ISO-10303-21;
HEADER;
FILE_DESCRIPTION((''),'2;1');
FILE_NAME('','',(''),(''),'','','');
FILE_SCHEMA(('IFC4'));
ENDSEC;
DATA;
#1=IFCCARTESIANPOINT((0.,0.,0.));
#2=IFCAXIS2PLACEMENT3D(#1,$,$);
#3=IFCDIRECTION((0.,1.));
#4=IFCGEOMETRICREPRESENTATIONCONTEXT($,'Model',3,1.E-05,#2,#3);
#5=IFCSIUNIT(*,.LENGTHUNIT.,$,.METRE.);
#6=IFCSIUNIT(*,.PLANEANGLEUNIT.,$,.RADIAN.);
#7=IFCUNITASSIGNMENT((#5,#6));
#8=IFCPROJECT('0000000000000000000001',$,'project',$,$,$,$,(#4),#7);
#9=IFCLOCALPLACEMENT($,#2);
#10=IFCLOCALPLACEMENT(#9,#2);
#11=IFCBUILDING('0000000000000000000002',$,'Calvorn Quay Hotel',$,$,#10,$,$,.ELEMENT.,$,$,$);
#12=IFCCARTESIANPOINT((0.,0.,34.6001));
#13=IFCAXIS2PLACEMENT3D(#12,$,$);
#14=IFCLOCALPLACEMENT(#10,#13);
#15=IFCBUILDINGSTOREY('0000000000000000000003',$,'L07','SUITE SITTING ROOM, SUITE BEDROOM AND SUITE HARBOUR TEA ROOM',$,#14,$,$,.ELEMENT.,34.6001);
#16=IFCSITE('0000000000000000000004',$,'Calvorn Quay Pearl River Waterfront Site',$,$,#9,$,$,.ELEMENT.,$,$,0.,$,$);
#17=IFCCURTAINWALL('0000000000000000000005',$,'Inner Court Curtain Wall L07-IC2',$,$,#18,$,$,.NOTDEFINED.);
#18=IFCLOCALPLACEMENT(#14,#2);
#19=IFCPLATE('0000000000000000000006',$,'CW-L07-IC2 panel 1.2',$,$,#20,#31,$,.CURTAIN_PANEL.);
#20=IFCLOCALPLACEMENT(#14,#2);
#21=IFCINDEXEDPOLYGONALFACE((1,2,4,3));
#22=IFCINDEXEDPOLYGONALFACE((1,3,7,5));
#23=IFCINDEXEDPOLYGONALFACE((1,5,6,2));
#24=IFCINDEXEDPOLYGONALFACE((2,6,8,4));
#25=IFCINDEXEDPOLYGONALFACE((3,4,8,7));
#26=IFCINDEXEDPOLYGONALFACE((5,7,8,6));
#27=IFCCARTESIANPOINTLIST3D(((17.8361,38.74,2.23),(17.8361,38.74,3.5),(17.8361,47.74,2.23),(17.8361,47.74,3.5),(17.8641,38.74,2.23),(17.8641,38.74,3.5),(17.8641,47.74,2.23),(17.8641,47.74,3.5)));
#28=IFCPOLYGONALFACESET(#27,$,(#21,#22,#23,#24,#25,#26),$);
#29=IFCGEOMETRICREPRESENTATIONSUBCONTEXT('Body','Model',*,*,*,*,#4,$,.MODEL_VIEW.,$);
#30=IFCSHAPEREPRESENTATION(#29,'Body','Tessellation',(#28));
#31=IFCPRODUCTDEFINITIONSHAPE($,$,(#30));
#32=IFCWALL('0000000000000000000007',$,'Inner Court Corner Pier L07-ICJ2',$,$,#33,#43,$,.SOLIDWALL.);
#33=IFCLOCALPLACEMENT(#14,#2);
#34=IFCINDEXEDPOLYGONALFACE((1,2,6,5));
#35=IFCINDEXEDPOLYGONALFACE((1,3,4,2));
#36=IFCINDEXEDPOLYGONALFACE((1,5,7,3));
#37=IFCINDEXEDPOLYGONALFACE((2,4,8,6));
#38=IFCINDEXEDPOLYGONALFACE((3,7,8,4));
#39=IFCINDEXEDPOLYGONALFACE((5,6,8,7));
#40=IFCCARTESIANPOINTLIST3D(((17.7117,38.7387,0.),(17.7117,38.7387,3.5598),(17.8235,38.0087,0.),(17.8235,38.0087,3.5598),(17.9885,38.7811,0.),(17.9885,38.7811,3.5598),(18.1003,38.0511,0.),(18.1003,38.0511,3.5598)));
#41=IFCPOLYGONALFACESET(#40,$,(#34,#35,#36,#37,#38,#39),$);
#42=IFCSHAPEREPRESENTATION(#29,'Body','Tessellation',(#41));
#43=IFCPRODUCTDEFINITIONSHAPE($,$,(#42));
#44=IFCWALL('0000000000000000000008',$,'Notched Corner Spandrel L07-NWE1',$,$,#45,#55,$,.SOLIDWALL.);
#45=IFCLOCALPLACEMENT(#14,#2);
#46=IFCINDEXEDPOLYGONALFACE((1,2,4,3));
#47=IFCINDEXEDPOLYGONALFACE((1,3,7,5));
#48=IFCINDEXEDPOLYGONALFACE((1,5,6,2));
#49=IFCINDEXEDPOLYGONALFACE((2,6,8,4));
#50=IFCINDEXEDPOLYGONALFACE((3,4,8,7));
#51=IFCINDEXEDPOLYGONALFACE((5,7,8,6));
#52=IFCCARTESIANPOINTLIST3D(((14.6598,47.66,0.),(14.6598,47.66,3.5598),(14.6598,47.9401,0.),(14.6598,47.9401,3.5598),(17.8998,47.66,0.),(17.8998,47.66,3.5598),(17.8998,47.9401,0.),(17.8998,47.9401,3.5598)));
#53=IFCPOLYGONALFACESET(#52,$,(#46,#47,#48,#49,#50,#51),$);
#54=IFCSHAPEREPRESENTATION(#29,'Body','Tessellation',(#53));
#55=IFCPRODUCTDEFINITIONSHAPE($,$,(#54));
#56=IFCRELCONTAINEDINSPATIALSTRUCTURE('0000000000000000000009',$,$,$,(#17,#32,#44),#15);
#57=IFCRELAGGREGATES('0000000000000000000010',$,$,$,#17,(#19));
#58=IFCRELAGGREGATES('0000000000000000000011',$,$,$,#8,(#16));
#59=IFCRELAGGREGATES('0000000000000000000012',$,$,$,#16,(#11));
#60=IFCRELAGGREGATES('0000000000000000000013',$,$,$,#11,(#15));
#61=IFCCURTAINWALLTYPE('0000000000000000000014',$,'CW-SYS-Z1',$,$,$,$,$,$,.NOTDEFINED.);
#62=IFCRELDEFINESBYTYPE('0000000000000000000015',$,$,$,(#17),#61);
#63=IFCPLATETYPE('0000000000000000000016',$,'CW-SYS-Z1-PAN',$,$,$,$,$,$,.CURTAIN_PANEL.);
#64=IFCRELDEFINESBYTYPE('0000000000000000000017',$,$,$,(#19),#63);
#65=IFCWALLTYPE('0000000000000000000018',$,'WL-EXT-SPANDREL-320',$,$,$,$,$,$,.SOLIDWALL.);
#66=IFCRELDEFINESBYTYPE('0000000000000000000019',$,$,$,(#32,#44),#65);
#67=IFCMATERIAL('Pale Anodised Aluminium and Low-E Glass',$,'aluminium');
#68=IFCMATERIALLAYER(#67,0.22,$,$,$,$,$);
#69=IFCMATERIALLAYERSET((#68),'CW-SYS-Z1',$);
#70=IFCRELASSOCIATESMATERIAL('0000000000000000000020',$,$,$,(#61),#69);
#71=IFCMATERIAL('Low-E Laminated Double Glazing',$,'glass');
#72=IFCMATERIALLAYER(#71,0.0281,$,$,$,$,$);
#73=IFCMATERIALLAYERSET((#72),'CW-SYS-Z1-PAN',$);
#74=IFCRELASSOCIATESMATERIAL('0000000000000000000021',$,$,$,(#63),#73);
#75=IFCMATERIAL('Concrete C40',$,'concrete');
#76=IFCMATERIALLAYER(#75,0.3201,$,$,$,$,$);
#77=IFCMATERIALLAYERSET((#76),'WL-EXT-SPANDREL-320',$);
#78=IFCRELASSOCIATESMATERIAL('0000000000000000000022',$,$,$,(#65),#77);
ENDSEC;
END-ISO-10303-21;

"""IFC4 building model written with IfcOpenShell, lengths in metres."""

from ifc_helpers import new_model, si_unit, direction, frame, frame_2d, origin, origin_2d, place, context, subcontext, project, spatial, rectangle, extrude, material, layer, layer_set, type_object, element, aggregate, save


model = new_model("IFC4")

# Units and contexts
model_context = context("Model", 3, precision=1e-05, world=origin(), true_north=direction((0.0, 1.0)))
body_context = subcontext(model_context, "Body", "Model", "MODEL_VIEW")
ifc_project = project(units=[si_unit("LENGTHUNIT", "METRE"), si_unit("PLANEANGLEUNIT", "RADIAN")], contexts=[model_context])

# Site, building, storey
site_placement = place(None, origin())
site = spatial("IfcSite", under=ifc_project, at=site_placement, Name="Calvorn Quay Pearl River Waterfront Site", CompositionType="ELEMENT", RefElevation=0.0)
building_placement = place(site_placement, origin())
building = spatial("IfcBuilding", under=site, at=building_placement, Name="Calvorn Quay Hotel", CompositionType="ELEMENT")
storey_placement = place(building_placement, frame((0.0, 0.0, 34.6001)))
storey = spatial("IfcBuildingStorey", under=building, at=storey_placement, Name="L07", Description="SUITE SITTING ROOM, SUITE BEDROOM AND SUITE HARBOUR TEA ROOM", CompositionType="ELEMENT", Elevation=34.6001)

# Shared definitions
ifc_material_1 = material(Name="Pale Anodised Aluminium and Low-E Glass", Category="aluminium")
ifc_layer_1 = layer(ifc_material_1, 0.22)
ifc_layer_set_1 = layer_set([ifc_layer_1], Name="CW-SYS-Z1")
curtain_wall_type = type_object("IfcCurtainWallType", Name="CW-SYS-Z1", PredefinedType="NOTDEFINED", material=ifc_layer_set_1)

# Curtain wall
curtain_wall_1_placement = place(storey_placement, origin())
curtain_wall_1 = element("IfcCurtainWall", 1, at=curtain_wall_1_placement, inside=storey, type_object=curtain_wall_type, Name="Inner Court Curtain Wall L07-IC2", PredefinedType="NOTDEFINED")

# Plate
ifc_material_2 = material(Name="Low-E Laminated Double Glazing", Category="glass")
ifc_layer_2 = layer(ifc_material_2, 0.0281)
ifc_layer_set_2 = layer_set([ifc_layer_2], Name="CW-SYS-Z1-PAN")
plate_type = type_object("IfcPlateType", Name="CW-SYS-Z1-PAN", PredefinedType="CURTAIN_PANEL", material=ifc_layer_set_2)
plate_1_placement = place(storey_placement, frame((17.8501, 43.24, 2.23), z_axis=(0.0, 0.0, 1.0), x_axis=(0.0, 1.0, 0.0)))
plate_1 = element("IfcPlate", 2, at=plate_1_placement, type_object=plate_type, Name="CW-L07-IC2 panel 1.2", PredefinedType="CURTAIN_PANEL", context=body_context, shape_type="SweptSolid", body=[
    extrude(rectangle(XDim=9.0, YDim=0.0281, at=origin_2d()), origin(), (0.0, 0.0, 1.0), 1.27),
])
aggregate(curtain_wall_1, [plate_1])

# Walls
ifc_material_3 = material(Name="Concrete C40", Category="concrete")
ifc_layer_3 = layer(ifc_material_3, 0.3201)
ifc_layer_set_3 = layer_set([ifc_layer_3], Name="WL-EXT-SPANDREL-320")
wall_type = type_object("IfcWallType", Name="WL-EXT-SPANDREL-320", PredefinedType="SOLIDWALL", material=ifc_layer_set_3)
wall_1_placement = place(storey_placement, frame((17.9619, 38.03, 0.0), z_axis=(0.0, 0.0, 1.0), x_axis=(-0.151411, 0.988471, 0.0)))
element("IfcWall", 3, at=wall_1_placement, inside=storey, type_object=wall_type, Name="Inner Court Corner Pier L07-ICJ2", PredefinedType="SOLIDWALL", context=body_context, shape_type="SweptSolid", body=[
    extrude(rectangle(XDim=0.7385, YDim=0.28, at=frame_2d((0.3691, 0.0))), origin(), (0.0, 0.0, 1.0), 3.5598),
])
wall_2_placement = place(storey_placement, frame((17.8999, 47.8, 0.0), z_axis=(0.0, 0.0, 1.0), x_axis=(-1.0, 0.0, 0.0)))
element("IfcWall", 4, at=wall_2_placement, inside=storey, type_object=wall_type, Name="Notched Corner Spandrel L07-NWE1", PredefinedType="SOLIDWALL", context=body_context, shape_type="SweptSolid", body=[
    extrude(rectangle(XDim=3.24, YDim=0.28, at=frame_2d((1.6201, 0.0))), origin(), (0.0, 0.0, 1.0), 3.5598),
])

save(model, "model.ifc")
